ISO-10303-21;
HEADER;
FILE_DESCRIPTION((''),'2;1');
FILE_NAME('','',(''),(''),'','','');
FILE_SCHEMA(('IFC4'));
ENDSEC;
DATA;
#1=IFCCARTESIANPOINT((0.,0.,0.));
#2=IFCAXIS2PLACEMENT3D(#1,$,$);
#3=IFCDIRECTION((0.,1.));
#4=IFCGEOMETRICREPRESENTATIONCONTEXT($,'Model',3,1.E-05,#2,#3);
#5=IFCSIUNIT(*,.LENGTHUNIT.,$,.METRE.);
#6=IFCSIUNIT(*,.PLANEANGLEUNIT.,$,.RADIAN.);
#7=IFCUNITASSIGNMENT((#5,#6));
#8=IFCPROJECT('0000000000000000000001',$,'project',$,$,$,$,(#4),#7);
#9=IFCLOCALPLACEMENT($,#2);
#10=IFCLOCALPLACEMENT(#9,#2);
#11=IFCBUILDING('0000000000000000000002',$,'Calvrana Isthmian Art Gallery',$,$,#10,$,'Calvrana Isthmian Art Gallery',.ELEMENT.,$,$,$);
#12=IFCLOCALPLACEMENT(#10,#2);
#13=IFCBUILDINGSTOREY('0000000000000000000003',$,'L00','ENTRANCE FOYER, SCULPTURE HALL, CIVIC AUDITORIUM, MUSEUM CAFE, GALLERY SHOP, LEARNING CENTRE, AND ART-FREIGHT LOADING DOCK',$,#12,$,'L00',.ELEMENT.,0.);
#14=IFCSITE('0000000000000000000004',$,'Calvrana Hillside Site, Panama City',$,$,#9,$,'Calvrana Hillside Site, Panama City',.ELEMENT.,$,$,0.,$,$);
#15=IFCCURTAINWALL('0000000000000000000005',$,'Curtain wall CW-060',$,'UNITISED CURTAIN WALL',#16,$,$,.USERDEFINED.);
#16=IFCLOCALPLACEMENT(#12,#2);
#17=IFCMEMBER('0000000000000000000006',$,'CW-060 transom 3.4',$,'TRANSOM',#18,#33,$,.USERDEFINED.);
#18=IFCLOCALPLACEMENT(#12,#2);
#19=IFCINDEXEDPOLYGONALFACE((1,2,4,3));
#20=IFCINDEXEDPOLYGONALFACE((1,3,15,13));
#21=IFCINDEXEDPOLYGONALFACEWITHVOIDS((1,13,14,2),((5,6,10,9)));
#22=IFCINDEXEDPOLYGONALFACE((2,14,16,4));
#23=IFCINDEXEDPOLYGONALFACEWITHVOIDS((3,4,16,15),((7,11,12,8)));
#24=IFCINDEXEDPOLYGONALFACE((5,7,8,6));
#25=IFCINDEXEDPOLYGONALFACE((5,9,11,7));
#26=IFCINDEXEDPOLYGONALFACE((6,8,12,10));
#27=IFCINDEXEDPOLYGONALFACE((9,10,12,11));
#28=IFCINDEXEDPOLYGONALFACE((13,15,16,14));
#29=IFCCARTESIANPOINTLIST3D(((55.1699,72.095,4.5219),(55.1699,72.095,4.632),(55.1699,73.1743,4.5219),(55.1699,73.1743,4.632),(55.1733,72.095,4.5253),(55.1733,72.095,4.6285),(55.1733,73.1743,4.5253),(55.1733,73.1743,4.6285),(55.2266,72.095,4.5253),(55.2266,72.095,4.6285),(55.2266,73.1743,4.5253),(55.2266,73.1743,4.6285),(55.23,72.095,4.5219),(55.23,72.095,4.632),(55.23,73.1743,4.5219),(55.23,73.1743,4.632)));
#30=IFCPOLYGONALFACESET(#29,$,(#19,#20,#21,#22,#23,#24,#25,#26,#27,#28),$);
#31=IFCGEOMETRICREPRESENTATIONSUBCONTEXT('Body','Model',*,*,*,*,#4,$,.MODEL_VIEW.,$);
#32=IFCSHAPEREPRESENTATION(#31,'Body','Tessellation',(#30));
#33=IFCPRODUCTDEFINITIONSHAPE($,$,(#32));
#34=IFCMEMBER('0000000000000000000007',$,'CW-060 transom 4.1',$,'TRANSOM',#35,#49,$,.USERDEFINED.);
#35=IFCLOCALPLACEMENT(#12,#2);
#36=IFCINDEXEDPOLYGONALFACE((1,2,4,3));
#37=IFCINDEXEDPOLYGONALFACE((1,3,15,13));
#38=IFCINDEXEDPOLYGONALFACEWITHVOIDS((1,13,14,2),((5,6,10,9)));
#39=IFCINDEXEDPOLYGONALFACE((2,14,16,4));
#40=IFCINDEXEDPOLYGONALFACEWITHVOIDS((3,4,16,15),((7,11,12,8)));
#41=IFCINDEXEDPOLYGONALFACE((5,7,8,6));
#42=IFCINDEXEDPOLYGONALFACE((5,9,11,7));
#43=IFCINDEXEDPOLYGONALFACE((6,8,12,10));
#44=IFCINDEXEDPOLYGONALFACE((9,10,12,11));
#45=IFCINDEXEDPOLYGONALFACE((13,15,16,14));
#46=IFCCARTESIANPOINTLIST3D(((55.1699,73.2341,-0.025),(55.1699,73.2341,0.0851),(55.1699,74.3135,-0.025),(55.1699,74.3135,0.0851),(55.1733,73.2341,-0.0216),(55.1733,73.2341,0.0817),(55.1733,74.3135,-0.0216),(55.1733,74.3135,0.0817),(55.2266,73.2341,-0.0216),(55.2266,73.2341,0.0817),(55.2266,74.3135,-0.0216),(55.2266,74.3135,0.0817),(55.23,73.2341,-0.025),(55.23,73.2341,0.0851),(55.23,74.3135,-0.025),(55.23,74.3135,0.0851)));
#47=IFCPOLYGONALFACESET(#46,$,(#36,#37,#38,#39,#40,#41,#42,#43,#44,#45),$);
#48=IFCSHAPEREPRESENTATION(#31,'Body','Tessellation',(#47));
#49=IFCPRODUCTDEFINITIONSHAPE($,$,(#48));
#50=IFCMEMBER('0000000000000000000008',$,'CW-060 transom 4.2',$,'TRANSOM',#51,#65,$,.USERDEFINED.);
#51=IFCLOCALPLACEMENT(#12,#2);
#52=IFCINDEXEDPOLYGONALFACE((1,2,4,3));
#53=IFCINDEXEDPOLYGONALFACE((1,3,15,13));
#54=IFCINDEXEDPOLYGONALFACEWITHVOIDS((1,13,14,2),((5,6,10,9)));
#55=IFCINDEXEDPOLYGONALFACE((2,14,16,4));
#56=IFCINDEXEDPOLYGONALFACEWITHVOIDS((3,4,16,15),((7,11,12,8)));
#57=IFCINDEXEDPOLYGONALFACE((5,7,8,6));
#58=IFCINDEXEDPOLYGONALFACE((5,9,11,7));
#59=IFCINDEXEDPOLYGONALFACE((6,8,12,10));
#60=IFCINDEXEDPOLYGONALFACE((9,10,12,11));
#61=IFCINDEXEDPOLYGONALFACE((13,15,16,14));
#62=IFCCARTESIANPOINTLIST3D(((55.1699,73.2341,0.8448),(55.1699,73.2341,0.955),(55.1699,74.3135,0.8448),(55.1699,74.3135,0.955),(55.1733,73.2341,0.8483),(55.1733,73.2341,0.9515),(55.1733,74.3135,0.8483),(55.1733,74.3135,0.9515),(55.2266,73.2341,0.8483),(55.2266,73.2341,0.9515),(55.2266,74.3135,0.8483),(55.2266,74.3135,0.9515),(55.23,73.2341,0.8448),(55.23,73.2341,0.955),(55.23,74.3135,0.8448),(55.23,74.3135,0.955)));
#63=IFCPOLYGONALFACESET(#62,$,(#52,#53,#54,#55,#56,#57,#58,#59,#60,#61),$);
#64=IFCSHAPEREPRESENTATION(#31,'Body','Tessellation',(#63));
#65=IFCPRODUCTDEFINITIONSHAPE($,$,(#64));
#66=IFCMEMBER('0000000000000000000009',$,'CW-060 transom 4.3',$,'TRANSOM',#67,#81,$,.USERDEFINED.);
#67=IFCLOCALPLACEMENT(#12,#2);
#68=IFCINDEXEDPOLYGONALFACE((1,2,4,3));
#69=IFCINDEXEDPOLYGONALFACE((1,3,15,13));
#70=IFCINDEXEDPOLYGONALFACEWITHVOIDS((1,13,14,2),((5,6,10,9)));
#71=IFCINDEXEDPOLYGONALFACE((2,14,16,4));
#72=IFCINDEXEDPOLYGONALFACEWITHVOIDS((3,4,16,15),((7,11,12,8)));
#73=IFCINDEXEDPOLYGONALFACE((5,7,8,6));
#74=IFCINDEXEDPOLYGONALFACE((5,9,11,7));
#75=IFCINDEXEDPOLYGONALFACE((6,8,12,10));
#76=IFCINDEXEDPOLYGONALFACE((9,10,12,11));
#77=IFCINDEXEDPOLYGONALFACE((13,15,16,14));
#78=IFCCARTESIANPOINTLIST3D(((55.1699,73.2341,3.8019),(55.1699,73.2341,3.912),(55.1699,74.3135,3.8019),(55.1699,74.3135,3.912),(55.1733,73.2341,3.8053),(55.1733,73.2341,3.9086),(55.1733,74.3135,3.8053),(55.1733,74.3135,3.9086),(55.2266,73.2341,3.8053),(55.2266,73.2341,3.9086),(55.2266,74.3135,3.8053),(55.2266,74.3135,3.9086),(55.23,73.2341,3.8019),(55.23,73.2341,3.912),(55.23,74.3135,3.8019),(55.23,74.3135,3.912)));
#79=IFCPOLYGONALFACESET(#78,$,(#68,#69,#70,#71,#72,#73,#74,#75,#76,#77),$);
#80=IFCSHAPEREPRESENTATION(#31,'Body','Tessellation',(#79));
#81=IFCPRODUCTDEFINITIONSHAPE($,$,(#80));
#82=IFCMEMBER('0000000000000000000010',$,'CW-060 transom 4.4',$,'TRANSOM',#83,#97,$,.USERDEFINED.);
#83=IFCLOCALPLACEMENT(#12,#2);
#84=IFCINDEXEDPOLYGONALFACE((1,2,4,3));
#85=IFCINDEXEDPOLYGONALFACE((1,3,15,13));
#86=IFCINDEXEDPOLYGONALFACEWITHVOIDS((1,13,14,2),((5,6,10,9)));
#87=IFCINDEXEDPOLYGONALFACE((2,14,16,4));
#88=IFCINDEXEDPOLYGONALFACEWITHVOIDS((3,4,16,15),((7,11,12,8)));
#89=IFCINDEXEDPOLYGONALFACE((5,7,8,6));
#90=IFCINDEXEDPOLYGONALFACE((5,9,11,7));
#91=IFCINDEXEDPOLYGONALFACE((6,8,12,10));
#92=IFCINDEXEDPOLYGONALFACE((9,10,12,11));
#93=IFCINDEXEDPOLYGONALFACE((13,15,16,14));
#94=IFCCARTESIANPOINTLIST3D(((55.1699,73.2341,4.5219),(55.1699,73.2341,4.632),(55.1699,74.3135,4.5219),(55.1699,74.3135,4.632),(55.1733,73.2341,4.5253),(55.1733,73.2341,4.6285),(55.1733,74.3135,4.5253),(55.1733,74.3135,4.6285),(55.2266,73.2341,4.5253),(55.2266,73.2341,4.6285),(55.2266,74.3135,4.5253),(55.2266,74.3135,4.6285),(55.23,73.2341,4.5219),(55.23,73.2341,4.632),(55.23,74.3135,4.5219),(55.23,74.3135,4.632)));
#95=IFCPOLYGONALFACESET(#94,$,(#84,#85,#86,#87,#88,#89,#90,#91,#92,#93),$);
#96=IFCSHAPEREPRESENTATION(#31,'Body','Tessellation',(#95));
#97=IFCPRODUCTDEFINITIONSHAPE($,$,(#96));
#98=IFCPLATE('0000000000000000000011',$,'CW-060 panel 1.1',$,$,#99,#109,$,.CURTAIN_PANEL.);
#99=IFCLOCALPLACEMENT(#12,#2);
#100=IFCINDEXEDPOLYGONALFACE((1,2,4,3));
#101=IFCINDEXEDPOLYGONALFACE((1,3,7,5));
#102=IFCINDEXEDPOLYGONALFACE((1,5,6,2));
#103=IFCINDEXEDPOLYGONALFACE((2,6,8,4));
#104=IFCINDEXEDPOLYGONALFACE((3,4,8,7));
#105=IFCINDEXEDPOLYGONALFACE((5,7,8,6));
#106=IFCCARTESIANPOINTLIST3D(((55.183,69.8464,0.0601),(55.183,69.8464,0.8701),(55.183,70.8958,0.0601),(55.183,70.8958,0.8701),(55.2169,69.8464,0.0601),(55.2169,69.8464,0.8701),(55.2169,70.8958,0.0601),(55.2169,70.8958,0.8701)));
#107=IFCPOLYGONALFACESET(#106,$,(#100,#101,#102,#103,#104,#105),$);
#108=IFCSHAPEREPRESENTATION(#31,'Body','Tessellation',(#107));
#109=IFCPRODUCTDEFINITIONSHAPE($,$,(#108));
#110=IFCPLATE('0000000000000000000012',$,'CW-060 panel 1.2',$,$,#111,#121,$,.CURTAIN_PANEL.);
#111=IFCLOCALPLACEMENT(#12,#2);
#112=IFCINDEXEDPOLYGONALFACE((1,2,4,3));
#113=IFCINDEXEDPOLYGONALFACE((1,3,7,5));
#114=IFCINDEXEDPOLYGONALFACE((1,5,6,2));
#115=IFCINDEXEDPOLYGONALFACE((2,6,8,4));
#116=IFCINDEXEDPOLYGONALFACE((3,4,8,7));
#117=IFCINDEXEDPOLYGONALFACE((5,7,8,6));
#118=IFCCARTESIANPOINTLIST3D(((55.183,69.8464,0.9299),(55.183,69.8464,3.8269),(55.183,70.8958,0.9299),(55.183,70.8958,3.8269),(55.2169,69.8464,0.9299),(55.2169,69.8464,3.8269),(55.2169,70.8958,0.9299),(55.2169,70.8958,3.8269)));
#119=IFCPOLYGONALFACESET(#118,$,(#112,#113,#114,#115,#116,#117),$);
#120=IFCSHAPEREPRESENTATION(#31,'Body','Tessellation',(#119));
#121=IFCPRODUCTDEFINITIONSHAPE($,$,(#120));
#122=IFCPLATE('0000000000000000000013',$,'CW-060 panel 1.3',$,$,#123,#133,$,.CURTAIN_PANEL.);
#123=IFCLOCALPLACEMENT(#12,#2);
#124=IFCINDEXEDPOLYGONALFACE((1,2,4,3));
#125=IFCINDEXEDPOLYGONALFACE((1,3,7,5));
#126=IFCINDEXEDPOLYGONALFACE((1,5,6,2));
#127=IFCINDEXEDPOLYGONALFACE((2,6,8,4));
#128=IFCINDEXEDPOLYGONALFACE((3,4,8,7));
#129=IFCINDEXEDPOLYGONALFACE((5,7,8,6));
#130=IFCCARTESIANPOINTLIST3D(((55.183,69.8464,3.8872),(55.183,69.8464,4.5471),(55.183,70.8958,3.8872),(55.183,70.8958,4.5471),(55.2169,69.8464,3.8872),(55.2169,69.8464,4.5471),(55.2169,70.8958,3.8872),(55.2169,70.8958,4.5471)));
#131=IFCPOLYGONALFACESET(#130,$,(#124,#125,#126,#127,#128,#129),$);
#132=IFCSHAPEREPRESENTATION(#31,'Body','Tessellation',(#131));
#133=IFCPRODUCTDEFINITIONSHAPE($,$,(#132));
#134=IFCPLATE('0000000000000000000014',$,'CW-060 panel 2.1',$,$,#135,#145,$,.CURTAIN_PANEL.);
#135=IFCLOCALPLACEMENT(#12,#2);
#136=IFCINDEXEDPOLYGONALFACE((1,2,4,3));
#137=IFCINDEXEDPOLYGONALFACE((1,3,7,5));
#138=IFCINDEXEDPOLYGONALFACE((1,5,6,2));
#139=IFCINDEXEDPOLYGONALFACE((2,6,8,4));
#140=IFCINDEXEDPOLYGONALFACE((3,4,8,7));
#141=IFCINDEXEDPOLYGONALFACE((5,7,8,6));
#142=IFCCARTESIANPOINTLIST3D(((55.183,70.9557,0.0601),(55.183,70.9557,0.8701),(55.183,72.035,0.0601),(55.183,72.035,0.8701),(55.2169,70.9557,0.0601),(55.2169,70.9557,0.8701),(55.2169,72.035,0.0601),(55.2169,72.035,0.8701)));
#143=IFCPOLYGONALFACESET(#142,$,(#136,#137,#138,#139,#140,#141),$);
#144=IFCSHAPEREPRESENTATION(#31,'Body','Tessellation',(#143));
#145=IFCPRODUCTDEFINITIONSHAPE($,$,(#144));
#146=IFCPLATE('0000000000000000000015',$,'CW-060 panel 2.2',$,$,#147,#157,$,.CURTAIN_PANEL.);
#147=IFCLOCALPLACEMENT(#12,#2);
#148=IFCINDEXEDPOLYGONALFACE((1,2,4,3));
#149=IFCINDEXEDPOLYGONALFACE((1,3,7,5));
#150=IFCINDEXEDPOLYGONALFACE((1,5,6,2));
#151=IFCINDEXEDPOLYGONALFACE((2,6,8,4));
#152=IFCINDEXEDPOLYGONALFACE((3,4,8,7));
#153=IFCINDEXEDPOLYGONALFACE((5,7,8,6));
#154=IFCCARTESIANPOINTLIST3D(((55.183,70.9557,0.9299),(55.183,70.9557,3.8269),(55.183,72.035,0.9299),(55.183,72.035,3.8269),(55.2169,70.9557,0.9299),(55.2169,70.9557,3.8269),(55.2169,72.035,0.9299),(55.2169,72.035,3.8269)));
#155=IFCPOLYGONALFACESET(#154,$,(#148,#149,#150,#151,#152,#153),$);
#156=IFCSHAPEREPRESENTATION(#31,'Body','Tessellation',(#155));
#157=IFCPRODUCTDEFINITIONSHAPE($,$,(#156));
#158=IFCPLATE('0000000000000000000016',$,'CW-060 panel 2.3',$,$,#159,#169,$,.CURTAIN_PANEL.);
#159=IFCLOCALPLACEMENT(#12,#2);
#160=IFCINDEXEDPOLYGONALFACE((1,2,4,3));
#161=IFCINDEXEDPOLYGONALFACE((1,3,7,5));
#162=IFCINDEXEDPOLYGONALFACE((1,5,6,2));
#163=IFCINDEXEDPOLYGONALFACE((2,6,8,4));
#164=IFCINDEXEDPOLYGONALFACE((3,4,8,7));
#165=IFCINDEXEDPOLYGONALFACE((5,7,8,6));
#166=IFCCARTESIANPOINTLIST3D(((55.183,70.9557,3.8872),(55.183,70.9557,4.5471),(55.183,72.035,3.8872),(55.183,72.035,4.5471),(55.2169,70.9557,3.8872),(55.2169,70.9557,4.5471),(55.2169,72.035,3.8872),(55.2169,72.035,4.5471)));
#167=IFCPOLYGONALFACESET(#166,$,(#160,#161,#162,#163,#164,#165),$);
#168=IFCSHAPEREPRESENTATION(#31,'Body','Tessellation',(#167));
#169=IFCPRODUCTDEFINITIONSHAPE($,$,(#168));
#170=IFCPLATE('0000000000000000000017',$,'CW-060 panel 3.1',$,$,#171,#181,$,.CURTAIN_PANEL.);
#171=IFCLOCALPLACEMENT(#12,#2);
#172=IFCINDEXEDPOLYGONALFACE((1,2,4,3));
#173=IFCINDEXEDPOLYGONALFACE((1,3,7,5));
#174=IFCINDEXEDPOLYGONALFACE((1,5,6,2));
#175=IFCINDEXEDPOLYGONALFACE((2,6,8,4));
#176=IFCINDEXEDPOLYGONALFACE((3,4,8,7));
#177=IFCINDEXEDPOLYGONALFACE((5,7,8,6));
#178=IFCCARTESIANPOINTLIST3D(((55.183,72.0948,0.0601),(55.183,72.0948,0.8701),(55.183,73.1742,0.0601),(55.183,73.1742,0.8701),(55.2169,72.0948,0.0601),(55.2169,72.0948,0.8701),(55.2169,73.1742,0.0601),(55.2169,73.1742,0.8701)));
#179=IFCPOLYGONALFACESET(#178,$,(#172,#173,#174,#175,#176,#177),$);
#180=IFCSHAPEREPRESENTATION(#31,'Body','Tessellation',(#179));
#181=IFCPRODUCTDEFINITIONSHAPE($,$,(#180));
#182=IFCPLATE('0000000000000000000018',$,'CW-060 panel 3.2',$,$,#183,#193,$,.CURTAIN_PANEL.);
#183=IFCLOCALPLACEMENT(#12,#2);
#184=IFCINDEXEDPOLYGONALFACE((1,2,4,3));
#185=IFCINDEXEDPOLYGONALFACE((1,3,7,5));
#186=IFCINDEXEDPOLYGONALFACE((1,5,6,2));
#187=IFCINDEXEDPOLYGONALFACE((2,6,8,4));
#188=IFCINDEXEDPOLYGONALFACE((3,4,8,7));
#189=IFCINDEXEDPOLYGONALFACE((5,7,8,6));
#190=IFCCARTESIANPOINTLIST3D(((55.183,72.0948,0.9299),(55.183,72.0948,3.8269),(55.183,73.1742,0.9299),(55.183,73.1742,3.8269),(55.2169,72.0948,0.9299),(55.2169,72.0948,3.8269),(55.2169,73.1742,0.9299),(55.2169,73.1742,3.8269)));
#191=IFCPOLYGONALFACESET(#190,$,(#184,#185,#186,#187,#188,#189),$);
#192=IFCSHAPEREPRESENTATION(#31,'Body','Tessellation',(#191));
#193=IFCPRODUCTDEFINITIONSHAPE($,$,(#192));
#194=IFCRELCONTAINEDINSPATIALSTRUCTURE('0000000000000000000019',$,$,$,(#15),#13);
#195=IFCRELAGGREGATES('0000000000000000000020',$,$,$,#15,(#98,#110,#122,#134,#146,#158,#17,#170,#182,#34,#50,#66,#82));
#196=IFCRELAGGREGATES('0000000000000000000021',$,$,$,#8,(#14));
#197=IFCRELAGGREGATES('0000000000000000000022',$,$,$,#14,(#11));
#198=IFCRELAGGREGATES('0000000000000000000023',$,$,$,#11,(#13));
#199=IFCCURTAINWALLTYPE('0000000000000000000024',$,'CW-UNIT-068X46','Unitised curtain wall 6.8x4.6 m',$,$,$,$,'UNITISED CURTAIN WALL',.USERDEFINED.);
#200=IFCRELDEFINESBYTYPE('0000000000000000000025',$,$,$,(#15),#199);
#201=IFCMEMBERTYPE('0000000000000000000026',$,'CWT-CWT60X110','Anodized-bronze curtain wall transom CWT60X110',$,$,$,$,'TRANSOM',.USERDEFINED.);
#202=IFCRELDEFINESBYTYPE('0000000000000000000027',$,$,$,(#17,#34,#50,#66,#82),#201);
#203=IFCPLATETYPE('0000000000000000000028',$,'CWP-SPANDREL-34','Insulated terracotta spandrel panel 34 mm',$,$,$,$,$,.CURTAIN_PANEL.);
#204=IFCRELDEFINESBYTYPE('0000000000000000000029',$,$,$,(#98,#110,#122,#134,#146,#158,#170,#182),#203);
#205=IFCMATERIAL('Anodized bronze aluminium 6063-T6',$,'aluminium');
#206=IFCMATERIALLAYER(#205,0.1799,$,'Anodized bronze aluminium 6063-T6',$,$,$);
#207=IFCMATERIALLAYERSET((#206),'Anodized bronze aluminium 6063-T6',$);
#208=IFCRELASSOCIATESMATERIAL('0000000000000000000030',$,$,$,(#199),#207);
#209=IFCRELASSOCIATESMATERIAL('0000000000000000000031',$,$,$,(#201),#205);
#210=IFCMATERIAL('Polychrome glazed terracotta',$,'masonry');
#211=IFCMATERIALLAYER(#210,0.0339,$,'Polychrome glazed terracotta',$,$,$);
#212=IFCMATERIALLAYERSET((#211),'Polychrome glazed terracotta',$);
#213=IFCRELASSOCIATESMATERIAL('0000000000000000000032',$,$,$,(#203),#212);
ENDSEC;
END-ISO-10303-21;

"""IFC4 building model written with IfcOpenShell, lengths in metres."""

from ifc_helpers import new_model, si_unit, direction, frame, origin, origin_2d, place, context, subcontext, project, spatial, rectangle, hollow_rectangle, extrude, material, layer, layer_set, material_profile, profile_set, type_object, element, aggregate, save


model = new_model("IFC4")

# Units and contexts
model_context = context("Model", 3, precision=1e-05, world=origin(), true_north=direction((0.0, 1.0)))
body_context = subcontext(model_context, "Body", "Model", "MODEL_VIEW")
ifc_project = project(units=[si_unit("LENGTHUNIT", "METRE"), si_unit("PLANEANGLEUNIT", "RADIAN")], contexts=[model_context])

# Site, building, storey
site_placement = place(None, origin())
site = spatial("IfcSite", under=ifc_project, at=site_placement, Name="Calvrana Hillside Site, Panama City", LongName="Calvrana Hillside Site, Panama City", CompositionType="ELEMENT", RefElevation=0.0)
building_placement = place(site_placement, origin())
building = spatial("IfcBuilding", under=site, at=building_placement, Name="Calvrana Isthmian Art Gallery", LongName="Calvrana Isthmian Art Gallery", CompositionType="ELEMENT")
storey_placement = place(building_placement, origin())
storey = spatial("IfcBuildingStorey", under=building, at=storey_placement, Name="L00", Description="ENTRANCE FOYER, SCULPTURE HALL, CIVIC AUDITORIUM, MUSEUM CAFE, GALLERY SHOP, LEARNING CENTRE, AND ART-FREIGHT LOADING DOCK", LongName="L00", CompositionType="ELEMENT", Elevation=0.0)

# Curtain wall, members, plates
ifc_material_1 = material(Name="Anodized bronze aluminium 6063-T6", Category="aluminium")
ifc_layer_1 = layer(ifc_material_1, 0.1799, Name="Anodized bronze aluminium 6063-T6")
ifc_layer_set_1 = layer_set([ifc_layer_1], Name="Anodized bronze aluminium 6063-T6")
curtain_wall_type = type_object("IfcCurtainWallType", Name="CW-UNIT-068X46", Description="Unitised curtain wall 6.8x4.6 m", ElementType="UNITISED CURTAIN WALL", PredefinedType="USERDEFINED", material=ifc_layer_set_1)
curtain_wall_placement = place(storey_placement, origin())
curtain_wall = element("IfcCurtainWall", 1, at=curtain_wall_placement, inside=storey, type_object=curtain_wall_type, Name="Curtain wall CW-060", ObjectType="UNITISED CURTAIN WALL", PredefinedType="USERDEFINED")
ifc_material_profile_1 = material_profile(ifc_material_1, hollow_rectangle(XDim=0.0601, YDim=0.1101, WallThickness=0.0034, at=origin_2d()), Name="CWT60X110")
ifc_profile_set_1 = profile_set([ifc_material_profile_1], Name="Anodized bronze aluminium 6063-T6")
member_type_1 = type_object("IfcMemberType", Name="CWT-CWT60X110", Description="Anodized-bronze curtain wall transom CWT60X110", ElementType="TRANSOM", PredefinedType="USERDEFINED", material=ifc_profile_set_1)
member_1_placement = place(storey_placement, frame((55.2, 72.095, 4.5769), z_axis=(0.0, 1.0, 0.0), x_axis=(-1.0, 0.0, 0.0)))
member_1 = element("IfcMember", 2, at=member_1_placement, type_object=member_type_1, Name="CW-060 transom 3.4", ObjectType="TRANSOM", PredefinedType="USERDEFINED", context=body_context, shape_type="SweptSolid", body=[
    extrude(hollow_rectangle(XDim=0.0601, YDim=0.1101, WallThickness=0.0034, at=origin_2d()), origin(), (0.0, 0.0, 1.0), 1.0793),
])
member_2_placement = place(storey_placement, frame((55.2, 73.2341, 0.03), z_axis=(0.0, 1.0, 0.0), x_axis=(-1.0, 0.0, 0.0)))
member_2 = element("IfcMember", 3, at=member_2_placement, type_object=member_type_1, Name="CW-060 transom 4.1", ObjectType="TRANSOM", PredefinedType="USERDEFINED", context=body_context, shape_type="SweptSolid", body=[
    extrude(hollow_rectangle(XDim=0.0601, YDim=0.1101, WallThickness=0.0034, at=origin_2d()), origin(), (0.0, 0.0, 1.0), 1.0793),
])
member_3_placement = place(storey_placement, frame((55.2, 73.2341, 0.8999), z_axis=(0.0, 1.0, 0.0), x_axis=(-1.0, 0.0, 0.0)))
member_3 = element("IfcMember", 4, at=member_3_placement, type_object=member_type_1, Name="CW-060 transom 4.2", ObjectType="TRANSOM", PredefinedType="USERDEFINED", context=body_context, shape_type="SweptSolid", body=[
    extrude(hollow_rectangle(XDim=0.0601, YDim=0.1101, WallThickness=0.0034, at=origin_2d()), origin(), (0.0, 0.0, 1.0), 1.0793),
])
member_4_placement = place(storey_placement, frame((55.2, 73.2341, 3.8569), z_axis=(0.0, 1.0, 0.0), x_axis=(-1.0, 0.0, 0.0)))
member_4 = element("IfcMember", 5, at=member_4_placement, type_object=member_type_1, Name="CW-060 transom 4.3", ObjectType="TRANSOM", PredefinedType="USERDEFINED", context=body_context, shape_type="SweptSolid", body=[
    extrude(hollow_rectangle(XDim=0.0601, YDim=0.1101, WallThickness=0.0034, at=origin_2d()), origin(), (0.0, 0.0, 1.0), 1.0793),
])
member_5_placement = place(storey_placement, frame((55.2, 73.2341, 4.5769), z_axis=(0.0, 1.0, 0.0), x_axis=(-1.0, 0.0, 0.0)))
member_5 = element("IfcMember", 6, at=member_5_placement, type_object=member_type_1, Name="CW-060 transom 4.4", ObjectType="TRANSOM", PredefinedType="USERDEFINED", context=body_context, shape_type="SweptSolid", body=[
    extrude(hollow_rectangle(XDim=0.0601, YDim=0.1101, WallThickness=0.0034, at=origin_2d()), origin(), (0.0, 0.0, 1.0), 1.0793),
])
ifc_material_2 = material(Name="Polychrome glazed terracotta", Category="masonry")
ifc_layer_2 = layer(ifc_material_2, 0.0339, Name="Polychrome glazed terracotta")
ifc_layer_set_2 = layer_set([ifc_layer_2], Name="Polychrome glazed terracotta")
plate_type = type_object("IfcPlateType", Name="CWP-SPANDREL-34", Description="Insulated terracotta spandrel panel 34 mm", PredefinedType="CURTAIN_PANEL", material=ifc_layer_set_2)
plate_1_placement = place(storey_placement, frame((55.2, 70.3711, 0.0601), z_axis=(0.0, 0.0, 1.0), x_axis=(0.0, 1.0, 0.0)))
plate_1 = element("IfcPlate", 7, at=plate_1_placement, type_object=plate_type, Name="CW-060 panel 1.1", PredefinedType="CURTAIN_PANEL", context=body_context, shape_type="SweptSolid", body=[
    extrude(rectangle(XDim=1.0493, YDim=0.0339, at=origin_2d()), origin(), (0.0, 0.0, 1.0), 0.8101),
])
plate_2_placement = place(storey_placement, frame((55.2, 70.3711, 0.9299), z_axis=(0.0, 0.0, 1.0), x_axis=(0.0, 1.0, 0.0)))
plate_2 = element("IfcPlate", 8, at=plate_2_placement, type_object=plate_type, Name="CW-060 panel 1.2", PredefinedType="CURTAIN_PANEL", context=body_context, shape_type="SweptSolid", body=[
    extrude(rectangle(XDim=1.0493, YDim=0.0339, at=origin_2d()), origin(), (0.0, 0.0, 1.0), 2.897),
])
plate_3_placement = place(storey_placement, frame((55.2, 70.3711, 3.8872), z_axis=(0.0, 0.0, 1.0), x_axis=(0.0, 1.0, 0.0)))
plate_3 = element("IfcPlate", 9, at=plate_3_placement, type_object=plate_type, Name="CW-060 panel 1.3", PredefinedType="CURTAIN_PANEL", context=body_context, shape_type="SweptSolid", body=[
    extrude(rectangle(XDim=1.0493, YDim=0.0339, at=origin_2d()), origin(), (0.0, 0.0, 1.0), 0.6599),
])
plate_4_placement = place(storey_placement, frame((55.2, 71.4954, 0.0601), z_axis=(0.0, 0.0, 1.0), x_axis=(0.0, 1.0, 0.0)))
plate_4 = element("IfcPlate", 10, at=plate_4_placement, type_object=plate_type, Name="CW-060 panel 2.1", PredefinedType="CURTAIN_PANEL", context=body_context, shape_type="SweptSolid", body=[
    extrude(rectangle(XDim=1.0793, YDim=0.0339, at=origin_2d()), origin(), (0.0, 0.0, 1.0), 0.8101),
])
plate_5_placement = place(storey_placement, frame((55.2, 71.4954, 0.9299), z_axis=(0.0, 0.0, 1.0), x_axis=(0.0, 1.0, 0.0)))
plate_5 = element("IfcPlate", 11, at=plate_5_placement, type_object=plate_type, Name="CW-060 panel 2.2", PredefinedType="CURTAIN_PANEL", context=body_context, shape_type="SweptSolid", body=[
    extrude(rectangle(XDim=1.0793, YDim=0.0339, at=origin_2d()), origin(), (0.0, 0.0, 1.0), 2.897),
])
plate_6_placement = place(storey_placement, frame((55.2, 71.4954, 3.8872), z_axis=(0.0, 0.0, 1.0), x_axis=(0.0, 1.0, 0.0)))
plate_6 = element("IfcPlate", 12, at=plate_6_placement, type_object=plate_type, Name="CW-060 panel 2.3", PredefinedType="CURTAIN_PANEL", context=body_context, shape_type="SweptSolid", body=[
    extrude(rectangle(XDim=1.0793, YDim=0.0339, at=origin_2d()), origin(), (0.0, 0.0, 1.0), 0.6599),
])
plate_7_placement = place(storey_placement, frame((55.2, 72.6345, 0.0601), z_axis=(0.0, 0.0, 1.0), x_axis=(0.0, 1.0, 0.0)))
plate_7 = element("IfcPlate", 13, at=plate_7_placement, type_object=plate_type, Name="CW-060 panel 3.1", PredefinedType="CURTAIN_PANEL", context=body_context, shape_type="SweptSolid", body=[
    extrude(rectangle(XDim=1.0793, YDim=0.0339, at=origin_2d()), origin(), (0.0, 0.0, 1.0), 0.8101),
])
plate_8_placement = place(storey_placement, frame((55.2, 72.6345, 0.9299), z_axis=(0.0, 0.0, 1.0), x_axis=(0.0, 1.0, 0.0)))
plate_8 = element("IfcPlate", 14, at=plate_8_placement, type_object=plate_type, Name="CW-060 panel 3.2", PredefinedType="CURTAIN_PANEL", context=body_context, shape_type="SweptSolid", body=[
    extrude(rectangle(XDim=1.0793, YDim=0.0339, at=origin_2d()), origin(), (0.0, 0.0, 1.0), 2.897),
])
aggregate(curtain_wall, [plate_1, plate_2, plate_3, plate_4, plate_5, plate_6, member_1, plate_7, plate_8, member_2, member_3, member_4, member_5])

save(model, "model.ifc")
